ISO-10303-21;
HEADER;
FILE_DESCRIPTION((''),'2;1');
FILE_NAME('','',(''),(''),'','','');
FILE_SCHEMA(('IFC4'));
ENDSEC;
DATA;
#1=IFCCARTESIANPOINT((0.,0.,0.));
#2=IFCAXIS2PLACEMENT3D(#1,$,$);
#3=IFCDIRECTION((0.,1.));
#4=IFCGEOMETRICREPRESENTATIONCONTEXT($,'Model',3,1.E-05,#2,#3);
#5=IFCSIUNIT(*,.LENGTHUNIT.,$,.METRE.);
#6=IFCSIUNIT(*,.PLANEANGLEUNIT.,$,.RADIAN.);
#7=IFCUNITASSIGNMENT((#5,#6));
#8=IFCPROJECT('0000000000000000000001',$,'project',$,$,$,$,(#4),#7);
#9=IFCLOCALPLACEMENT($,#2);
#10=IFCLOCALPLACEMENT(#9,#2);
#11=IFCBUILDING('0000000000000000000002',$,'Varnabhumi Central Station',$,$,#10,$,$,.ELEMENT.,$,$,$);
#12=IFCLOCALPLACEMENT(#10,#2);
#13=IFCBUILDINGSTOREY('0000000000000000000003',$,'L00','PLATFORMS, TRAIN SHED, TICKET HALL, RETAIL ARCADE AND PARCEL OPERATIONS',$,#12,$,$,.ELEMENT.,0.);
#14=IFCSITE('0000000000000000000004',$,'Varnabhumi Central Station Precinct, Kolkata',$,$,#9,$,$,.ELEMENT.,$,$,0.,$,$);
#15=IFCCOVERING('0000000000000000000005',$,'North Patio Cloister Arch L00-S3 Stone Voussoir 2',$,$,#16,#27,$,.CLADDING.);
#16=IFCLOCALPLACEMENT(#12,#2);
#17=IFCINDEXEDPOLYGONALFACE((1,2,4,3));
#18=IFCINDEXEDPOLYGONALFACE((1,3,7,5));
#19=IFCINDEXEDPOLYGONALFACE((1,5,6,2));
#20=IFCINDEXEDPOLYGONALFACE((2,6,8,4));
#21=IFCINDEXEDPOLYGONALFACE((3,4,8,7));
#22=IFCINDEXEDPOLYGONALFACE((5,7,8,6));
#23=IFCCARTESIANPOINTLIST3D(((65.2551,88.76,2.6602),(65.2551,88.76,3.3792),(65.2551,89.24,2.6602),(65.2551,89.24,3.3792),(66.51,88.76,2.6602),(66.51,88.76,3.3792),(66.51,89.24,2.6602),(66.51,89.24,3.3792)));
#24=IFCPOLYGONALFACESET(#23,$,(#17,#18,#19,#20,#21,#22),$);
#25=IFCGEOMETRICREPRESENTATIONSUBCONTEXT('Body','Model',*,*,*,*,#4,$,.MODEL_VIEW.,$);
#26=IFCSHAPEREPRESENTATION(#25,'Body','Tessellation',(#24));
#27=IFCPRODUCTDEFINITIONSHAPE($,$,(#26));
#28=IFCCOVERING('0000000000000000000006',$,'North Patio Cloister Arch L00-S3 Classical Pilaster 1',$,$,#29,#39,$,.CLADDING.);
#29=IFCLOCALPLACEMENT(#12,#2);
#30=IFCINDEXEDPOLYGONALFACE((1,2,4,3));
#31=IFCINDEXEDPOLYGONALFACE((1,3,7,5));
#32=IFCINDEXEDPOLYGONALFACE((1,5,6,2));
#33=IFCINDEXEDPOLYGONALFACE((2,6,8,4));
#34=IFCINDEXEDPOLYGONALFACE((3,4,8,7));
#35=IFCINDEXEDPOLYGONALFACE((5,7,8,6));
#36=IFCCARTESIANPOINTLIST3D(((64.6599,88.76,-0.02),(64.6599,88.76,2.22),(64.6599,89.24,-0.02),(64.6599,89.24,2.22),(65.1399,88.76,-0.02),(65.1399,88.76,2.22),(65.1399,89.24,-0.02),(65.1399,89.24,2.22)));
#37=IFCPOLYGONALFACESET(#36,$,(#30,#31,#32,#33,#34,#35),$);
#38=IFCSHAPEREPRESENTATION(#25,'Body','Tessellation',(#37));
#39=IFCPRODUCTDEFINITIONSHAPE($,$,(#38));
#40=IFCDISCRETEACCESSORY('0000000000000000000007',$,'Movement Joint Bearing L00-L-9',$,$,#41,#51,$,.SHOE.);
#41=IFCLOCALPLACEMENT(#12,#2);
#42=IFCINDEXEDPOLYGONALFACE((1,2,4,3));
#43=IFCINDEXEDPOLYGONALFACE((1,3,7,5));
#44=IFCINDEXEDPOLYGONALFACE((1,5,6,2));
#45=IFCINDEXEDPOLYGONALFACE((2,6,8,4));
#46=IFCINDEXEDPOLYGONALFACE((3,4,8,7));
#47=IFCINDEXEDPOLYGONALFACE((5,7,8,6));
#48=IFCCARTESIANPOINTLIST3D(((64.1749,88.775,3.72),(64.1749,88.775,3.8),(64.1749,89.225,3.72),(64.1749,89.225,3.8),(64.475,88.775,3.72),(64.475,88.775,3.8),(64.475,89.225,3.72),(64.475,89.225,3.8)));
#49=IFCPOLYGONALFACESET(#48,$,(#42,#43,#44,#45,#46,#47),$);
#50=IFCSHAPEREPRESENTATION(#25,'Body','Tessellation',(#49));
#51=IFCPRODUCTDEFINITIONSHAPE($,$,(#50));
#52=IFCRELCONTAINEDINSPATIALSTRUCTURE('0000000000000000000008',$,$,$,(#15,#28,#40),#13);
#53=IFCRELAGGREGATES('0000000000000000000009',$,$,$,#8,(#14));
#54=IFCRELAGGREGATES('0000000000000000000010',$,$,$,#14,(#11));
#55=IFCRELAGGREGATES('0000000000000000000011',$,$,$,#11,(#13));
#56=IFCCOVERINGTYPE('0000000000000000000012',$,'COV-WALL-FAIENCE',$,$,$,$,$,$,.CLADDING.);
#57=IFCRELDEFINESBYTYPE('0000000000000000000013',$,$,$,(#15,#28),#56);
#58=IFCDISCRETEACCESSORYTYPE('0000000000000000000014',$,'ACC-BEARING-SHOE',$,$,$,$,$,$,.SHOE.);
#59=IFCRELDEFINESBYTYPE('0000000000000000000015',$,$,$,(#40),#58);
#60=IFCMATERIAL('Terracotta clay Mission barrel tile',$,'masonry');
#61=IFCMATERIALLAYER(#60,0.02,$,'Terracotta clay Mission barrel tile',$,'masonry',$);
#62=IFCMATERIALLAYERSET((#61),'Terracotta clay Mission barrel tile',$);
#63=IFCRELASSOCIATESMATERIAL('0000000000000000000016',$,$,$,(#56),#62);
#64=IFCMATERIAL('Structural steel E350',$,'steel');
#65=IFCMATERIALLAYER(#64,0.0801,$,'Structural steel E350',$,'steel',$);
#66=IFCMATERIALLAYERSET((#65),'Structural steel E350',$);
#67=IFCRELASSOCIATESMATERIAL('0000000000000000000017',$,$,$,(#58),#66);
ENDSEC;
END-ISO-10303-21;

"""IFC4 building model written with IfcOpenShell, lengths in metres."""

from ifc_helpers import new_model, si_unit, direction, frame, origin, origin_2d, place, context, subcontext, project, spatial, rectangle, extrude, material, layer, layer_set, type_object, element, save


model = new_model("IFC4")

# Units and contexts
model_context = context("Model", 3, precision=1e-05, world=origin(), true_north=direction((0.0, 1.0)))
body_context = subcontext(model_context, "Body", "Model", "MODEL_VIEW")
ifc_project = project(units=[si_unit("LENGTHUNIT", "METRE"), si_unit("PLANEANGLEUNIT", "RADIAN")], contexts=[model_context])

# Site, building, storey
site_placement = place(None, origin())
site = spatial("IfcSite", under=ifc_project, at=site_placement, Name="Varnabhumi Central Station Precinct, Kolkata", CompositionType="ELEMENT", RefElevation=0.0)
building_placement = place(site_placement, origin())
building = spatial("IfcBuilding", under=site, at=building_placement, Name="Varnabhumi Central Station", CompositionType="ELEMENT")
storey_placement = place(building_placement, origin())
storey = spatial("IfcBuildingStorey", under=building, at=storey_placement, Name="L00", Description="PLATFORMS, TRAIN SHED, TICKET HALL, RETAIL ARCADE AND PARCEL OPERATIONS", CompositionType="ELEMENT", Elevation=0.0)

# Shared definitions
ifc_material_1 = material(Name="Structural steel E350", Category="steel")

# Coverings
ifc_material_2 = material(Name="Terracotta clay Mission barrel tile", Category="masonry")
ifc_layer_1 = layer(ifc_material_2, 0.02, Name="Terracotta clay Mission barrel tile", Category="masonry")
ifc_layer_set_1 = layer_set([ifc_layer_1], Name="Terracotta clay Mission barrel tile")
covering_type = type_object("IfcCoveringType", Name="COV-WALL-FAIENCE", PredefinedType="CLADDING", material=ifc_layer_set_1)
covering_1_placement = place(storey_placement, frame((65.8826, 89.0, 2.6602), z_axis=(0.0, 0.0, 1.0), x_axis=(1.0, 0.0, 0.0)))
element("IfcCovering", 1, at=covering_1_placement, inside=storey, type_object=covering_type, Name="North Patio Cloister Arch L00-S3 Stone Voussoir 2", PredefinedType="CLADDING", context=body_context, shape_type="SweptSolid", body=[
    extrude(rectangle(XDim=1.2549, YDim=0.48, at=origin_2d()), origin(), (0.0, 0.0, 1.0), 0.719),
])
covering_2_placement = place(storey_placement, frame((64.8999, 89.0, -0.02), z_axis=(0.0, 0.0, 1.0), x_axis=(1.0, 0.0, 0.0)))
element("IfcCovering", 2, at=covering_2_placement, inside=storey, type_object=covering_type, Name="North Patio Cloister Arch L00-S3 Classical Pilaster 1", PredefinedType="CLADDING", context=body_context, shape_type="SweptSolid", body=[
    extrude(rectangle(XDim=0.48, YDim=0.48, at=origin_2d()), origin(), (0.0, 0.0, 1.0), 2.24),
])

# Discrete accessory
ifc_layer_2 = layer(ifc_material_1, 0.0801, Name="Structural steel E350", Category="steel")
ifc_layer_set_2 = layer_set([ifc_layer_2], Name="Structural steel E350")
discrete_accessory_type = type_object("IfcDiscreteAccessoryType", Name="ACC-BEARING-SHOE", PredefinedType="SHOE", material=ifc_layer_set_2)
discrete_accessory_placement = place(storey_placement, frame((64.325, 89.0, 3.72), z_axis=(0.0, 0.0, 1.0), x_axis=(1.0, 0.0, 0.0)))
element("IfcDiscreteAccessory", 3, at=discrete_accessory_placement, inside=storey, type_object=discrete_accessory_type, Name="Movement Joint Bearing L00-L-9", PredefinedType="SHOE", context=body_context, shape_type="SweptSolid", body=[
    extrude(rectangle(XDim=0.3, YDim=0.45, at=origin_2d()), origin(), (0.0, 0.0, 1.0), 0.0801),
])

save(model, "model.ifc")
